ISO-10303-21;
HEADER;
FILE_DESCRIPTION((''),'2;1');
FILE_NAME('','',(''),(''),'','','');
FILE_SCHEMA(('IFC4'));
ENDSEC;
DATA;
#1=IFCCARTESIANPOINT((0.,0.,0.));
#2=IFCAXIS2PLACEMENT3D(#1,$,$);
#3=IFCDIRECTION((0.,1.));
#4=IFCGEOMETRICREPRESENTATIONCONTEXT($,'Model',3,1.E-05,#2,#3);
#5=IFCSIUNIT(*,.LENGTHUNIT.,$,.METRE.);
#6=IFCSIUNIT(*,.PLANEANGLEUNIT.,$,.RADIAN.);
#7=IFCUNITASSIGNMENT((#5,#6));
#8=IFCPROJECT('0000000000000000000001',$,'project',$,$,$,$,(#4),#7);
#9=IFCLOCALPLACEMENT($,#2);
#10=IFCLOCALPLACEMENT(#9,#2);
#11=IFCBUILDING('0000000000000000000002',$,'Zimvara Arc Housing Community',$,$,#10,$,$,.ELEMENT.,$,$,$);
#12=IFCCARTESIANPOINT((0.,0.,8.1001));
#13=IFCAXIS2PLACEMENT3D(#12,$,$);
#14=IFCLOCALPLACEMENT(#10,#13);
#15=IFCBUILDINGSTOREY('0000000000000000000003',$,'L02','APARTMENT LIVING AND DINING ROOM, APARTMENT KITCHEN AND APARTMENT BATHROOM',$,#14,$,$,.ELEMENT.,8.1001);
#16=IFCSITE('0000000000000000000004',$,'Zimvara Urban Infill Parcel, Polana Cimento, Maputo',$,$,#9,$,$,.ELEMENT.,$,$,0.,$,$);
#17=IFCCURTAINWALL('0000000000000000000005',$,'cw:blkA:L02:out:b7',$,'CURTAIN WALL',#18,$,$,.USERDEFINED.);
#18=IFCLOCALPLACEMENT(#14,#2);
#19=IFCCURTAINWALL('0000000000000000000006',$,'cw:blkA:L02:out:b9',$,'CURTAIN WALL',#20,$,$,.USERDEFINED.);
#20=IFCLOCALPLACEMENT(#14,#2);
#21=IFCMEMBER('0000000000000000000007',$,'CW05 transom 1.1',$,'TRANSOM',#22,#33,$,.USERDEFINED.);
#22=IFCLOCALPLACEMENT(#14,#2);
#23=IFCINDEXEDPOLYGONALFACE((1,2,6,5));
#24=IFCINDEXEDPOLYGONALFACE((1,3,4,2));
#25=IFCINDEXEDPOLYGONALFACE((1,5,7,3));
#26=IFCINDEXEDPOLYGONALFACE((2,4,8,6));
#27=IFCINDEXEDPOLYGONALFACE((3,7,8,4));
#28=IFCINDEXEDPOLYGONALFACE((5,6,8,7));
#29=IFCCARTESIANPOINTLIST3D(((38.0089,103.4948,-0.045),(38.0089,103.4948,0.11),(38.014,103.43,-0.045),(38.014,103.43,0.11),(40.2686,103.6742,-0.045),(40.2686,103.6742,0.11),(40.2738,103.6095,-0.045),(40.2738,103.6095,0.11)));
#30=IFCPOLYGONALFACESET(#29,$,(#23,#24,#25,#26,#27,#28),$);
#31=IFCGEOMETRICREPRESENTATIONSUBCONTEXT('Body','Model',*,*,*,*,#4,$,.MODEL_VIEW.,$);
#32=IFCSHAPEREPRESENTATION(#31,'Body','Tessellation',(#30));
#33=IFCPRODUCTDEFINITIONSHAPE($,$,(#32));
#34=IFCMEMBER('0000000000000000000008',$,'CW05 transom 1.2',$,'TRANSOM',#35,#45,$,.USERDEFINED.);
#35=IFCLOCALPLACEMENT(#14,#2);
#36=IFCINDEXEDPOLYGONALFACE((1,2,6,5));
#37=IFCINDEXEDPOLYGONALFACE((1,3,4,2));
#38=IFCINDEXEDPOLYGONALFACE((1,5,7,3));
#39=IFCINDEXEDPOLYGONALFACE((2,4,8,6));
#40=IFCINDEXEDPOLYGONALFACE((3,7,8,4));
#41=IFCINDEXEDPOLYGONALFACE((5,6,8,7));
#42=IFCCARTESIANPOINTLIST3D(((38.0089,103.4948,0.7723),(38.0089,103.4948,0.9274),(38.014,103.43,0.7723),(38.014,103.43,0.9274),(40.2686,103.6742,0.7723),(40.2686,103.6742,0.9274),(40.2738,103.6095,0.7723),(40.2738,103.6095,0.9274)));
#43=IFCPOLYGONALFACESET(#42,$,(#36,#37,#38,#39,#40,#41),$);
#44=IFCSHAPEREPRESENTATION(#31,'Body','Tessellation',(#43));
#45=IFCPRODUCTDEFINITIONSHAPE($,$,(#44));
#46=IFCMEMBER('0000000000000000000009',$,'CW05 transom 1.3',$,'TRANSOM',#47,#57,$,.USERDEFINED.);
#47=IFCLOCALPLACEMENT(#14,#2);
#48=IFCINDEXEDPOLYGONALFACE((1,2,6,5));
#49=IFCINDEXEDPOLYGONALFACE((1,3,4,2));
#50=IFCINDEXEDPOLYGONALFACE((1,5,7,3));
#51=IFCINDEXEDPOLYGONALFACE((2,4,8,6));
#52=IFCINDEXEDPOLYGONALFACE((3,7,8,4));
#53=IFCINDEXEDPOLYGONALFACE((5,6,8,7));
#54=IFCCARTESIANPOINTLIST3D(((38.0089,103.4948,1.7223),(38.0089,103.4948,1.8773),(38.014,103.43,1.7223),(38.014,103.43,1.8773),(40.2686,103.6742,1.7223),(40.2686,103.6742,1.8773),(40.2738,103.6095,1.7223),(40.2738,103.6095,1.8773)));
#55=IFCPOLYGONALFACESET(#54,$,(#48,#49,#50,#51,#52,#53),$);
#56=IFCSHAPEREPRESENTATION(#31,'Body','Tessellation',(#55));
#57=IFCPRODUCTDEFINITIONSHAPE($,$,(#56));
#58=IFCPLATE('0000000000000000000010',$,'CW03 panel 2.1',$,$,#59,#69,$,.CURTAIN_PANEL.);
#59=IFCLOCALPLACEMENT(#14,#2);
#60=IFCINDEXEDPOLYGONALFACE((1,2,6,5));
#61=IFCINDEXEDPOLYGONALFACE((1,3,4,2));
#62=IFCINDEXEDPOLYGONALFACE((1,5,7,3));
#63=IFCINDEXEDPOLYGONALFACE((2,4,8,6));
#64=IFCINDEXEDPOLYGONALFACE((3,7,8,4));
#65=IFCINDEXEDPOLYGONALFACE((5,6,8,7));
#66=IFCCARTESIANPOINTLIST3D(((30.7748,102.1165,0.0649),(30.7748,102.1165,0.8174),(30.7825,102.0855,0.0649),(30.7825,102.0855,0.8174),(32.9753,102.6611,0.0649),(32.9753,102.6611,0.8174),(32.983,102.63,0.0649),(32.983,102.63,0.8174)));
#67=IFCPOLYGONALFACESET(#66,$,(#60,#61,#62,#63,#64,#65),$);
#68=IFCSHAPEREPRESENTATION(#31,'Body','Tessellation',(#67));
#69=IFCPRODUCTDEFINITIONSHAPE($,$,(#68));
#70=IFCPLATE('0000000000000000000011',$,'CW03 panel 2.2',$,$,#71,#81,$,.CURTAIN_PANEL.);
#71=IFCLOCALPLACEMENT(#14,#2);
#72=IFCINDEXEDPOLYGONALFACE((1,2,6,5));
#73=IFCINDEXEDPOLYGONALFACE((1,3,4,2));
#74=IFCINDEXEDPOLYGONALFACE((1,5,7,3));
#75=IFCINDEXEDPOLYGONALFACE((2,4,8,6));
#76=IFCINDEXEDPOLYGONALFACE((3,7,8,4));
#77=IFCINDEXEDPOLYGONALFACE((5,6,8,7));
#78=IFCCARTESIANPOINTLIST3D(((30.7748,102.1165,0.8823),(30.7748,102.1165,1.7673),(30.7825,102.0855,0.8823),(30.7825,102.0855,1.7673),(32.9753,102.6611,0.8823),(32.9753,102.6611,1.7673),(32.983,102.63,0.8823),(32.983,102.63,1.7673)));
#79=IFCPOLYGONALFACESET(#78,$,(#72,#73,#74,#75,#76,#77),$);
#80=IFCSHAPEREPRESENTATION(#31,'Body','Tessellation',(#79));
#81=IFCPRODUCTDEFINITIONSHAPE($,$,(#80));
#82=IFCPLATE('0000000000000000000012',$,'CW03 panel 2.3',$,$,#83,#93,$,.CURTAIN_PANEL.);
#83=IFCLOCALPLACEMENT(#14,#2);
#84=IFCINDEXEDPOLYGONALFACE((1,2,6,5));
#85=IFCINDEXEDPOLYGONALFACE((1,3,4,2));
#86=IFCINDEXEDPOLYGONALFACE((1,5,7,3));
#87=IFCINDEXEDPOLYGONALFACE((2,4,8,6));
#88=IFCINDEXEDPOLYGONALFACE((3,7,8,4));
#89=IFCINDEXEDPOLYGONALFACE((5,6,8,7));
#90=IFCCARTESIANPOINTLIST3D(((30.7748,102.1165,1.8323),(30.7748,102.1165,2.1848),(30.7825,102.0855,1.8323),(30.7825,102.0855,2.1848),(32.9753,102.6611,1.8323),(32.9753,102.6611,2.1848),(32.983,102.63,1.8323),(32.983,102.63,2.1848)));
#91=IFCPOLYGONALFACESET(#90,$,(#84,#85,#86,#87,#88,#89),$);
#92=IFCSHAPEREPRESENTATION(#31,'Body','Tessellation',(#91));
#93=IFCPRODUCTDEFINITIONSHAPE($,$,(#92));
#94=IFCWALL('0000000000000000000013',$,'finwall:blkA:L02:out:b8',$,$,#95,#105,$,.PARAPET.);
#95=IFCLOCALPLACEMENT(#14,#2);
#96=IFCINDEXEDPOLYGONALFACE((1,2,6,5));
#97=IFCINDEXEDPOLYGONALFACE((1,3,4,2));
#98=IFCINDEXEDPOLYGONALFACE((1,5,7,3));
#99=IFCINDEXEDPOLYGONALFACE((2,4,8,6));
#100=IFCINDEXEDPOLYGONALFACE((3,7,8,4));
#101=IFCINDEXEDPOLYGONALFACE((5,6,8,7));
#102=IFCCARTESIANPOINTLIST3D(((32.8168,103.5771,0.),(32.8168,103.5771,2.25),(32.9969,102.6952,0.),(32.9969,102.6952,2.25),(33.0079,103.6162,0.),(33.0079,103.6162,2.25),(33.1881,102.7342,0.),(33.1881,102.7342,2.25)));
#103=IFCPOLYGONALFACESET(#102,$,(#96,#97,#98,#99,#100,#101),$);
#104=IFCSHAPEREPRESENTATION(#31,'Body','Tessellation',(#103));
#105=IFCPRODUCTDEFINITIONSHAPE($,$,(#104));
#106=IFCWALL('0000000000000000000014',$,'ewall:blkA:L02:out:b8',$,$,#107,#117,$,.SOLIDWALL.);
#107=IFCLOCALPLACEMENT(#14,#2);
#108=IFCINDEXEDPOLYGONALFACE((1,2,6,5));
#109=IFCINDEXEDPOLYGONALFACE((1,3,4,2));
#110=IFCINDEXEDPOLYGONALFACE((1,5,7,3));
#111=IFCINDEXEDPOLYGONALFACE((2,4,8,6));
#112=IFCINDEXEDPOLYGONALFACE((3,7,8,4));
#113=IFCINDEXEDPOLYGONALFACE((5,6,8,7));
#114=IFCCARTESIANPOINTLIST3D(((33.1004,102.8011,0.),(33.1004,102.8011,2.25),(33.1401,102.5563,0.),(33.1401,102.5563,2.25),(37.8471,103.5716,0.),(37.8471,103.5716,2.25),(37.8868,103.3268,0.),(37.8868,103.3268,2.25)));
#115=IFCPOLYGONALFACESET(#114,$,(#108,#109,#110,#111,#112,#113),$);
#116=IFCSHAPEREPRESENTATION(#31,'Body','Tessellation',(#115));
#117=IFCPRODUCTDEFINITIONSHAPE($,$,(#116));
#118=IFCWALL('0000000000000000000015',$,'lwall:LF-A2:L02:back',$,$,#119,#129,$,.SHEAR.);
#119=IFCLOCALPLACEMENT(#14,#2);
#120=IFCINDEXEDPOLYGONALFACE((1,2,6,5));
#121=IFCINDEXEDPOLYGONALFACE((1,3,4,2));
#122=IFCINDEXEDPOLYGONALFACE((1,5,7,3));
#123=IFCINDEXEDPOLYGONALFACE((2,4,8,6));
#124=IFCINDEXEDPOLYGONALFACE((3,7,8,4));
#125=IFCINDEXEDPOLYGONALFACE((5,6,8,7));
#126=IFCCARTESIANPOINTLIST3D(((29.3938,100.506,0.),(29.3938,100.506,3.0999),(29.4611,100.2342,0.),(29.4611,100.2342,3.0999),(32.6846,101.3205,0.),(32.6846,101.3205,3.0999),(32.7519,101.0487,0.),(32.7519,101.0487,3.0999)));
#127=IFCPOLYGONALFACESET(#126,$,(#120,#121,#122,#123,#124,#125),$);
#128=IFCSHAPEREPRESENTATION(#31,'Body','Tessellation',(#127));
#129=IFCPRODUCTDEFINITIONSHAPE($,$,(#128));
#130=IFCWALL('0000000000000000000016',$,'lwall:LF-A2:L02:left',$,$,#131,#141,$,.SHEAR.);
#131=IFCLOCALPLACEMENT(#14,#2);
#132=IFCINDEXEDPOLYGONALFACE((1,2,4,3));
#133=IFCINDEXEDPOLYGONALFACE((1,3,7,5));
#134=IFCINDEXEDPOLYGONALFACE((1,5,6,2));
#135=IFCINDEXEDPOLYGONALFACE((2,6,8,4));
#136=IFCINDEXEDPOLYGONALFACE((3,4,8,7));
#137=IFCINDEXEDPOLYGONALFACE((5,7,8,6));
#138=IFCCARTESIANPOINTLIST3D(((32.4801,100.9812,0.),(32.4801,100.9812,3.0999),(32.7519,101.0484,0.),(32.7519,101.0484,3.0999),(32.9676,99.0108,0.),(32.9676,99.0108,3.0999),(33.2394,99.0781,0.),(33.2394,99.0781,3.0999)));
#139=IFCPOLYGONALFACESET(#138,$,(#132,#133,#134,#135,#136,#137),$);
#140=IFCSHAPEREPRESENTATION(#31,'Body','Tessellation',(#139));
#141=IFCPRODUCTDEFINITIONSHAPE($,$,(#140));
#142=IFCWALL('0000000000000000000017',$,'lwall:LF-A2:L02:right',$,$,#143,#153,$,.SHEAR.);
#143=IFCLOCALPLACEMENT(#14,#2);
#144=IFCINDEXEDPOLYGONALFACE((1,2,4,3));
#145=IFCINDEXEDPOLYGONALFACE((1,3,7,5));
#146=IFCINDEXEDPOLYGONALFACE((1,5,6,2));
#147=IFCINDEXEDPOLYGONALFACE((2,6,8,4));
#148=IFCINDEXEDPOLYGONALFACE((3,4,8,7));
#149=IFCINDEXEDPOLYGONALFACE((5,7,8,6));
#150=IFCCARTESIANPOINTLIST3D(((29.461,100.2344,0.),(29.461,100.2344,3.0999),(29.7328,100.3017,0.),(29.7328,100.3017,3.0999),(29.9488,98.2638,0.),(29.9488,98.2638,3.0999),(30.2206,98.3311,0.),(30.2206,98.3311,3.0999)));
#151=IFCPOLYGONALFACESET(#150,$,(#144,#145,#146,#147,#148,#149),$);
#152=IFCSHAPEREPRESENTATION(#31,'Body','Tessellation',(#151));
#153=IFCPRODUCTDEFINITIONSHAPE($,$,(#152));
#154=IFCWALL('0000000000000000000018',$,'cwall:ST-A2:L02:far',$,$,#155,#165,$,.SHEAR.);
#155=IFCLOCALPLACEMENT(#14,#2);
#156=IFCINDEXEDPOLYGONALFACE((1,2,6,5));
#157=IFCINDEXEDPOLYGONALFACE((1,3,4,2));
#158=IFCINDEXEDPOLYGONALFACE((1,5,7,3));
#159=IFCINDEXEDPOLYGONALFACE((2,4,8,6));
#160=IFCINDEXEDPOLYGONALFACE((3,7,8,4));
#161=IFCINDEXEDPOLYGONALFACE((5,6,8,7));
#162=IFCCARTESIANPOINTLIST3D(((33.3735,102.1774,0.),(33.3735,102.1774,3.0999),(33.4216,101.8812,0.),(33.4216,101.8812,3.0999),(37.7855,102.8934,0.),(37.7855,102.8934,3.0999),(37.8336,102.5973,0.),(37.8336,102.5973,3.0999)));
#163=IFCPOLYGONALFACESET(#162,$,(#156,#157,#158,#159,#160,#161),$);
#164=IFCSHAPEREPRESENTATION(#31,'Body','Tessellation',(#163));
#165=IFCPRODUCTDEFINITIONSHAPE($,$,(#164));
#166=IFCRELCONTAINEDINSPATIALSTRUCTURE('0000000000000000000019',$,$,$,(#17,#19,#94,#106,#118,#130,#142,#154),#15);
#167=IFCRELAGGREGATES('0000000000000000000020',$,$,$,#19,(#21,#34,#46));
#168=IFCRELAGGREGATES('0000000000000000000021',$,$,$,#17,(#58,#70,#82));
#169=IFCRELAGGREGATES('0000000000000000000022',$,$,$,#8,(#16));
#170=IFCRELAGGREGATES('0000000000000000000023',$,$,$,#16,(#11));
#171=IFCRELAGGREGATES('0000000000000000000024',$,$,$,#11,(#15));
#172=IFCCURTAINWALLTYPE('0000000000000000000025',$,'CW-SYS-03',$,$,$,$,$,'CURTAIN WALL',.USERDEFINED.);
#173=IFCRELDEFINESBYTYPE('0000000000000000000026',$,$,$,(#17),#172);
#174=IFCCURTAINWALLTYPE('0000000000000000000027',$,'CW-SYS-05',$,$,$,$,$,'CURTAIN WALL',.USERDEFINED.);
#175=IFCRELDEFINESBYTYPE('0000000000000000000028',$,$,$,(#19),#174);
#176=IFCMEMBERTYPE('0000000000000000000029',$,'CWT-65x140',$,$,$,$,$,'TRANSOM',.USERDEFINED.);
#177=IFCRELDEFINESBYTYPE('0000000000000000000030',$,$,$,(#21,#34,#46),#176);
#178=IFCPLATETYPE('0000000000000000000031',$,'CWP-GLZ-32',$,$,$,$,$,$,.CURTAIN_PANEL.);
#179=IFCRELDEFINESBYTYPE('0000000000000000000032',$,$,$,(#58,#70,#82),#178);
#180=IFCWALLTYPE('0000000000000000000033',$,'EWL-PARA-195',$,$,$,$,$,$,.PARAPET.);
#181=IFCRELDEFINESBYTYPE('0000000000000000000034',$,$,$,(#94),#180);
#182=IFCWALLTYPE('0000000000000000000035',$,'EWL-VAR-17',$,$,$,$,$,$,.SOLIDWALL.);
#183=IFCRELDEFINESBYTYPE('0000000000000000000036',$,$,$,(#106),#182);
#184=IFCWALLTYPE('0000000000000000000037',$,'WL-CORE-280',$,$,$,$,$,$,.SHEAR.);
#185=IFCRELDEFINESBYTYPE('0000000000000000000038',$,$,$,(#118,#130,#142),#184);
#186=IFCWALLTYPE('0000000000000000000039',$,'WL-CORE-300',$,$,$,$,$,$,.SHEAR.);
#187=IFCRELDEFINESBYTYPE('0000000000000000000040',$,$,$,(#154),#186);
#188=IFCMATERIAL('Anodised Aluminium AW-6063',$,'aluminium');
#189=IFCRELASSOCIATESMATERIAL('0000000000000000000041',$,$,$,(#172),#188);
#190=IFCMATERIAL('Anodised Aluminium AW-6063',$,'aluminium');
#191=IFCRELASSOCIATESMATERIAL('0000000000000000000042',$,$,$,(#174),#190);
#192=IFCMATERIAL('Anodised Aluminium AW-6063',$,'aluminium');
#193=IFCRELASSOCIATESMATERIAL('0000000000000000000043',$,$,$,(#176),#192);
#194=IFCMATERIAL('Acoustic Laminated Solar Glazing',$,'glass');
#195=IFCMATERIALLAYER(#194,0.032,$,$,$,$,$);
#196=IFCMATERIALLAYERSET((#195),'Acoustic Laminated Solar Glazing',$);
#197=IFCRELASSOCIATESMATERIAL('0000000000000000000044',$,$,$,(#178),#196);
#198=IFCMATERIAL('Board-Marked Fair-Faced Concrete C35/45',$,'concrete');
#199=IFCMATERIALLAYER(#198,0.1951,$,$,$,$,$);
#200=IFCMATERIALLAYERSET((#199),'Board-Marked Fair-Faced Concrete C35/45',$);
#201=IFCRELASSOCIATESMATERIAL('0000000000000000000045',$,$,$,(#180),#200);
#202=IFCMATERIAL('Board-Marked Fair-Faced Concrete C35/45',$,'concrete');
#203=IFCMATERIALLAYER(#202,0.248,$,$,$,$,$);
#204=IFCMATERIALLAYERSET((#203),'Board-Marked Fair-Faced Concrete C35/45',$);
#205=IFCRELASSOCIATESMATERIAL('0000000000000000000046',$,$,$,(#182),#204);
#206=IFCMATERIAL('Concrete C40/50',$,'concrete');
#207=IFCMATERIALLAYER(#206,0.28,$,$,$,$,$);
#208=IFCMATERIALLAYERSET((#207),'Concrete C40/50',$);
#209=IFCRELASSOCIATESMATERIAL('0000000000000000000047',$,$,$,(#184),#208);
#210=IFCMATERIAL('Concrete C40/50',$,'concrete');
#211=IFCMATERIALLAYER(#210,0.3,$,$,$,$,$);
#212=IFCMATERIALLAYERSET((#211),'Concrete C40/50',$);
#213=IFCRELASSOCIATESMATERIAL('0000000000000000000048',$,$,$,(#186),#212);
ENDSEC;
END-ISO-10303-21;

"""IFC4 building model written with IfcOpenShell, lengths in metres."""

from ifc_helpers import new_model, si_unit, direction, frame, frame_2d, origin, origin_2d, place, context, subcontext, project, spatial, rectangle, extrude, material, layer, layer_set, material_profile, profile_set, type_object, element, aggregate, save


model = new_model("IFC4")

# Units and contexts
model_context = context("Model", 3, precision=1e-05, world=origin(), true_north=direction((0.0, 1.0)))
body_context = subcontext(model_context, "Body", "Model", "MODEL_VIEW")
ifc_project = project(units=[si_unit("LENGTHUNIT", "METRE"), si_unit("PLANEANGLEUNIT", "RADIAN")], contexts=[model_context])

# Site, building, storey
site_placement = place(None, origin())
site = spatial("IfcSite", under=ifc_project, at=site_placement, Name="Zimvara Urban Infill Parcel, Polana Cimento, Maputo", CompositionType="ELEMENT", RefElevation=0.0)
building_placement = place(site_placement, origin())
building = spatial("IfcBuilding", under=site, at=building_placement, Name="Zimvara Arc Housing Community", CompositionType="ELEMENT")
storey_placement = place(building_placement, frame((0.0, 0.0, 8.1001)))
storey = spatial("IfcBuildingStorey", under=building, at=storey_placement, Name="L02", Description="APARTMENT LIVING AND DINING ROOM, APARTMENT KITCHEN AND APARTMENT BATHROOM", CompositionType="ELEMENT", Elevation=8.1001)

# Curtain wall
ifc_material_1 = material(Name="Anodised Aluminium AW-6063", Category="aluminium")
curtain_wall_type_1 = type_object("IfcCurtainWallType", Name="CW-SYS-03", ElementType="CURTAIN WALL", PredefinedType="USERDEFINED", material=ifc_material_1)
curtain_wall_1_placement = place(storey_placement, origin())
curtain_wall_1 = element("IfcCurtainWall", 1, at=curtain_wall_1_placement, inside=storey, type_object=curtain_wall_type_1, Name="cw:blkA:L02:out:b7", ObjectType="CURTAIN WALL", PredefinedType="USERDEFINED")

# Curtain wall
ifc_material_2 = material(Name="Anodised Aluminium AW-6063", Category="aluminium")
curtain_wall_type_2 = type_object("IfcCurtainWallType", Name="CW-SYS-05", ElementType="CURTAIN WALL", PredefinedType="USERDEFINED", material=ifc_material_2)
curtain_wall_2_placement = place(storey_placement, origin())
curtain_wall_2 = element("IfcCurtainWall", 2, at=curtain_wall_2_placement, inside=storey, type_object=curtain_wall_type_2, Name="cw:blkA:L02:out:b9", ObjectType="CURTAIN WALL", PredefinedType="USERDEFINED")

# Members
ifc_material_3 = material(Name="Anodised Aluminium AW-6063", Category="aluminium")
ifc_material_profile_1 = material_profile(ifc_material_3, rectangle(XDim=0.0649, YDim=0.155, at=origin_2d()), Name="ALU 65x155")
ifc_profile_set_1 = profile_set([ifc_material_profile_1], Name="Anodised Aluminium AW-6063")
member_type_1 = type_object("IfcMemberType", Name="CWT-65x140", ElementType="TRANSOM", PredefinedType="USERDEFINED", material=ifc_profile_set_1)
member_1_placement = place(storey_placement, frame((38.0115, 103.4624, 0.0325), z_axis=(0.996862, 0.079159, 0.0), x_axis=(-0.079159, 0.996862, 0.0)))
member_1 = element("IfcMember", 3, at=member_1_placement, type_object=member_type_1, Name="CW05 transom 1.1", ObjectType="TRANSOM", PredefinedType="USERDEFINED", context=body_context, shape_type="SweptSolid", body=[
    extrude(rectangle(XDim=0.0649, YDim=0.155, at=origin_2d()), origin(), (0.0, 0.0, 1.0), 2.2668),
])
member_2_placement = place(storey_placement, frame((38.0115, 103.4624, 0.8499), z_axis=(0.996862, 0.079159, 0.0), x_axis=(-0.079159, 0.996862, 0.0)))
member_2 = element("IfcMember", 4, at=member_2_placement, type_object=member_type_1, Name="CW05 transom 1.2", ObjectType="TRANSOM", PredefinedType="USERDEFINED", context=body_context, shape_type="SweptSolid", body=[
    extrude(rectangle(XDim=0.0649, YDim=0.155, at=origin_2d()), origin(), (0.0, 0.0, 1.0), 2.2668),
])
member_3_placement = place(storey_placement, frame((38.0115, 103.4624, 1.7998), z_axis=(0.996862, 0.079159, 0.0), x_axis=(-0.079159, 0.996862, 0.0)))
member_3 = element("IfcMember", 5, at=member_3_placement, type_object=member_type_1, Name="CW05 transom 1.3", ObjectType="TRANSOM", PredefinedType="USERDEFINED", context=body_context, shape_type="SweptSolid", body=[
    extrude(rectangle(XDim=0.0649, YDim=0.155, at=origin_2d()), origin(), (0.0, 0.0, 1.0), 2.2668),
])
aggregate(curtain_wall_2, [member_1, member_2, member_3])

# Plates
ifc_material_4 = material(Name="Acoustic Laminated Solar Glazing", Category="glass")
ifc_layer_1 = layer(ifc_material_4, 0.032)
ifc_layer_set_1 = layer_set([ifc_layer_1], Name="Acoustic Laminated Solar Glazing")
plate_type = type_object("IfcPlateType", Name="CWP-GLZ-32", PredefinedType="CURTAIN_PANEL", material=ifc_layer_set_1)
plate_1_placement = place(storey_placement, frame((31.8789, 102.3733, 0.0649), z_axis=(0.0, 0.0, 1.0), x_axis=(0.970716, 0.24023, 0.0)))
plate_1 = element("IfcPlate", 6, at=plate_1_placement, type_object=plate_type, Name="CW03 panel 2.1", PredefinedType="CURTAIN_PANEL", context=body_context, shape_type="SweptSolid", body=[
    extrude(rectangle(XDim=2.2668, YDim=0.032, at=origin_2d()), origin(), (0.0, 0.0, 1.0), 0.7524),
])
plate_2_placement = place(storey_placement, frame((31.8789, 102.3733, 0.8823), z_axis=(0.0, 0.0, 1.0), x_axis=(0.970716, 0.24023, 0.0)))
plate_2 = element("IfcPlate", 7, at=plate_2_placement, type_object=plate_type, Name="CW03 panel 2.2", PredefinedType="CURTAIN_PANEL", context=body_context, shape_type="SweptSolid", body=[
    extrude(rectangle(XDim=2.2668, YDim=0.032, at=origin_2d()), origin(), (0.0, 0.0, 1.0), 0.885),
])
plate_3_placement = place(storey_placement, frame((31.8789, 102.3733, 1.8323), z_axis=(0.0, 0.0, 1.0), x_axis=(0.970716, 0.24023, 0.0)))
plate_3 = element("IfcPlate", 8, at=plate_3_placement, type_object=plate_type, Name="CW03 panel 2.3", PredefinedType="CURTAIN_PANEL", context=body_context, shape_type="SweptSolid", body=[
    extrude(rectangle(XDim=2.2668, YDim=0.032, at=origin_2d()), origin(), (0.0, 0.0, 1.0), 0.3525),
])
aggregate(curtain_wall_1, [plate_1, plate_2, plate_3])

# Walls
ifc_material_5 = material(Name="Board-Marked Fair-Faced Concrete C35/45", Category="concrete")
ifc_layer_2 = layer(ifc_material_5, 0.1951)
ifc_layer_set_2 = layer_set([ifc_layer_2], Name="Board-Marked Fair-Faced Concrete C35/45")
wall_type_1 = type_object("IfcWallType", Name="EWL-PARA-195", PredefinedType="PARAPET", material=ifc_layer_set_2)
wall_1_placement = place(storey_placement, frame((33.0925, 102.7146, 0.0), z_axis=(0.0, 0.0, 1.0), x_axis=(-0.200183, 0.979758, 0.0)))
element("IfcWall", 9, at=wall_1_placement, inside=storey, type_object=wall_type_1, Name="finwall:blkA:L02:out:b8", PredefinedType="PARAPET", context=body_context, shape_type="SweptSolid", body=[
    extrude(rectangle(XDim=0.9001, YDim=0.1951, at=frame_2d((0.4502, 0.0))), origin(), (0.0, 0.0, 1.0), 2.25),
])
ifc_material_6 = material(Name="Board-Marked Fair-Faced Concrete C35/45", Category="concrete")
ifc_layer_3 = layer(ifc_material_6, 0.248)
ifc_layer_set_3 = layer_set([ifc_layer_3], Name="Board-Marked Fair-Faced Concrete C35/45")
wall_type_2 = type_object("IfcWallType", Name="EWL-VAR-17", PredefinedType="SOLIDWALL", material=ifc_layer_set_3)
wall_2_placement = place(storey_placement, frame((33.1204, 102.6787, 0.0), z_axis=(0.0, 0.0, 1.0), x_axis=(0.987081, 0.160224, 0.0)))
element("IfcWall", 10, at=wall_2_placement, inside=storey, type_object=wall_type_2, Name="ewall:blkA:L02:out:b8", PredefinedType="SOLIDWALL", context=body_context, shape_type="SweptSolid", body=[
    extrude(rectangle(XDim=4.8088, YDim=0.248, at=frame_2d((2.4043, 0.0))), origin(), (0.0, 0.0, 1.0), 2.25),
])

# Shared definitions
ifc_material_7 = material(Name="Concrete C40/50", Category="concrete")
ifc_layer_4 = layer(ifc_material_7, 0.28)
ifc_layer_set_4 = layer_set([ifc_layer_4], Name="Concrete C40/50")
wall_type_3 = type_object("IfcWallType", Name="WL-CORE-280", PredefinedType="SHEAR", material=ifc_layer_set_4)

# Walls
wall_3_placement = place(storey_placement, frame((32.7183, 101.1846, 0.0), z_axis=(0.0, 0.0, 1.0), x_axis=(-0.970712, -0.240247, 0.0)))
element("IfcWall", 11, at=wall_3_placement, inside=storey, type_object=wall_type_3, Name="lwall:LF-A2:L02:back", PredefinedType="SHEAR", context=body_context, shape_type="SweptSolid", body=[
    extrude(rectangle(XDim=3.3901, YDim=0.28, at=frame_2d((1.6951, 0.0))), origin(), (0.0, 0.0, 1.0), 3.0999),
])
wall_4_placement = place(storey_placement, frame((33.1035, 99.0444, 0.0), z_axis=(0.0, 0.0, 1.0), x_axis=(-0.240186, 0.970727, 0.0)))
element("IfcWall", 12, at=wall_4_placement, inside=storey, type_object=wall_type_3, Name="lwall:LF-A2:L02:left", PredefinedType="SHEAR", context=body_context, shape_type="SweptSolid", body=[
    extrude(rectangle(XDim=2.0298, YDim=0.28, at=frame_2d((1.0149, 0.0))), origin(), (0.0, 0.0, 1.0), 3.0999),
])
wall_5_placement = place(storey_placement, frame((30.0847, 98.2974, 0.0), z_axis=(0.0, 0.0, 1.0), x_axis=(-0.240299, 0.970699, 0.0)))
element("IfcWall", 13, at=wall_5_placement, inside=storey, type_object=wall_type_3, Name="lwall:LF-A2:L02:right", PredefinedType="SHEAR", context=body_context, shape_type="SweptSolid", body=[
    extrude(rectangle(XDim=2.03, YDim=0.28, at=frame_2d((1.0151, 0.0))), origin(), (0.0, 0.0, 1.0), 3.0999),
])
ifc_material_8 = material(Name="Concrete C40/50", Category="concrete")
ifc_layer_5 = layer(ifc_material_8, 0.3)
ifc_layer_set_5 = layer_set([ifc_layer_5], Name="Concrete C40/50")
wall_type_4 = type_object("IfcWallType", Name="WL-CORE-300", PredefinedType="SHEAR", material=ifc_layer_set_5)
wall_6_placement = place(storey_placement, frame((37.8096, 102.7454, 0.0), z_axis=(0.0, 0.0, 1.0), x_axis=(-0.987085, -0.160199, 0.0)))
element("IfcWall", 14, at=wall_6_placement, inside=storey, type_object=wall_type_4, Name="cwall:ST-A2:L02:far", PredefinedType="SHEAR", context=body_context, shape_type="SweptSolid", body=[
    extrude(rectangle(XDim=4.4697, YDim=0.3, at=frame_2d((2.2349, 0.0))), origin(), (0.0, 0.0, 1.0), 3.0999),
])

save(model, "model.ifc")
